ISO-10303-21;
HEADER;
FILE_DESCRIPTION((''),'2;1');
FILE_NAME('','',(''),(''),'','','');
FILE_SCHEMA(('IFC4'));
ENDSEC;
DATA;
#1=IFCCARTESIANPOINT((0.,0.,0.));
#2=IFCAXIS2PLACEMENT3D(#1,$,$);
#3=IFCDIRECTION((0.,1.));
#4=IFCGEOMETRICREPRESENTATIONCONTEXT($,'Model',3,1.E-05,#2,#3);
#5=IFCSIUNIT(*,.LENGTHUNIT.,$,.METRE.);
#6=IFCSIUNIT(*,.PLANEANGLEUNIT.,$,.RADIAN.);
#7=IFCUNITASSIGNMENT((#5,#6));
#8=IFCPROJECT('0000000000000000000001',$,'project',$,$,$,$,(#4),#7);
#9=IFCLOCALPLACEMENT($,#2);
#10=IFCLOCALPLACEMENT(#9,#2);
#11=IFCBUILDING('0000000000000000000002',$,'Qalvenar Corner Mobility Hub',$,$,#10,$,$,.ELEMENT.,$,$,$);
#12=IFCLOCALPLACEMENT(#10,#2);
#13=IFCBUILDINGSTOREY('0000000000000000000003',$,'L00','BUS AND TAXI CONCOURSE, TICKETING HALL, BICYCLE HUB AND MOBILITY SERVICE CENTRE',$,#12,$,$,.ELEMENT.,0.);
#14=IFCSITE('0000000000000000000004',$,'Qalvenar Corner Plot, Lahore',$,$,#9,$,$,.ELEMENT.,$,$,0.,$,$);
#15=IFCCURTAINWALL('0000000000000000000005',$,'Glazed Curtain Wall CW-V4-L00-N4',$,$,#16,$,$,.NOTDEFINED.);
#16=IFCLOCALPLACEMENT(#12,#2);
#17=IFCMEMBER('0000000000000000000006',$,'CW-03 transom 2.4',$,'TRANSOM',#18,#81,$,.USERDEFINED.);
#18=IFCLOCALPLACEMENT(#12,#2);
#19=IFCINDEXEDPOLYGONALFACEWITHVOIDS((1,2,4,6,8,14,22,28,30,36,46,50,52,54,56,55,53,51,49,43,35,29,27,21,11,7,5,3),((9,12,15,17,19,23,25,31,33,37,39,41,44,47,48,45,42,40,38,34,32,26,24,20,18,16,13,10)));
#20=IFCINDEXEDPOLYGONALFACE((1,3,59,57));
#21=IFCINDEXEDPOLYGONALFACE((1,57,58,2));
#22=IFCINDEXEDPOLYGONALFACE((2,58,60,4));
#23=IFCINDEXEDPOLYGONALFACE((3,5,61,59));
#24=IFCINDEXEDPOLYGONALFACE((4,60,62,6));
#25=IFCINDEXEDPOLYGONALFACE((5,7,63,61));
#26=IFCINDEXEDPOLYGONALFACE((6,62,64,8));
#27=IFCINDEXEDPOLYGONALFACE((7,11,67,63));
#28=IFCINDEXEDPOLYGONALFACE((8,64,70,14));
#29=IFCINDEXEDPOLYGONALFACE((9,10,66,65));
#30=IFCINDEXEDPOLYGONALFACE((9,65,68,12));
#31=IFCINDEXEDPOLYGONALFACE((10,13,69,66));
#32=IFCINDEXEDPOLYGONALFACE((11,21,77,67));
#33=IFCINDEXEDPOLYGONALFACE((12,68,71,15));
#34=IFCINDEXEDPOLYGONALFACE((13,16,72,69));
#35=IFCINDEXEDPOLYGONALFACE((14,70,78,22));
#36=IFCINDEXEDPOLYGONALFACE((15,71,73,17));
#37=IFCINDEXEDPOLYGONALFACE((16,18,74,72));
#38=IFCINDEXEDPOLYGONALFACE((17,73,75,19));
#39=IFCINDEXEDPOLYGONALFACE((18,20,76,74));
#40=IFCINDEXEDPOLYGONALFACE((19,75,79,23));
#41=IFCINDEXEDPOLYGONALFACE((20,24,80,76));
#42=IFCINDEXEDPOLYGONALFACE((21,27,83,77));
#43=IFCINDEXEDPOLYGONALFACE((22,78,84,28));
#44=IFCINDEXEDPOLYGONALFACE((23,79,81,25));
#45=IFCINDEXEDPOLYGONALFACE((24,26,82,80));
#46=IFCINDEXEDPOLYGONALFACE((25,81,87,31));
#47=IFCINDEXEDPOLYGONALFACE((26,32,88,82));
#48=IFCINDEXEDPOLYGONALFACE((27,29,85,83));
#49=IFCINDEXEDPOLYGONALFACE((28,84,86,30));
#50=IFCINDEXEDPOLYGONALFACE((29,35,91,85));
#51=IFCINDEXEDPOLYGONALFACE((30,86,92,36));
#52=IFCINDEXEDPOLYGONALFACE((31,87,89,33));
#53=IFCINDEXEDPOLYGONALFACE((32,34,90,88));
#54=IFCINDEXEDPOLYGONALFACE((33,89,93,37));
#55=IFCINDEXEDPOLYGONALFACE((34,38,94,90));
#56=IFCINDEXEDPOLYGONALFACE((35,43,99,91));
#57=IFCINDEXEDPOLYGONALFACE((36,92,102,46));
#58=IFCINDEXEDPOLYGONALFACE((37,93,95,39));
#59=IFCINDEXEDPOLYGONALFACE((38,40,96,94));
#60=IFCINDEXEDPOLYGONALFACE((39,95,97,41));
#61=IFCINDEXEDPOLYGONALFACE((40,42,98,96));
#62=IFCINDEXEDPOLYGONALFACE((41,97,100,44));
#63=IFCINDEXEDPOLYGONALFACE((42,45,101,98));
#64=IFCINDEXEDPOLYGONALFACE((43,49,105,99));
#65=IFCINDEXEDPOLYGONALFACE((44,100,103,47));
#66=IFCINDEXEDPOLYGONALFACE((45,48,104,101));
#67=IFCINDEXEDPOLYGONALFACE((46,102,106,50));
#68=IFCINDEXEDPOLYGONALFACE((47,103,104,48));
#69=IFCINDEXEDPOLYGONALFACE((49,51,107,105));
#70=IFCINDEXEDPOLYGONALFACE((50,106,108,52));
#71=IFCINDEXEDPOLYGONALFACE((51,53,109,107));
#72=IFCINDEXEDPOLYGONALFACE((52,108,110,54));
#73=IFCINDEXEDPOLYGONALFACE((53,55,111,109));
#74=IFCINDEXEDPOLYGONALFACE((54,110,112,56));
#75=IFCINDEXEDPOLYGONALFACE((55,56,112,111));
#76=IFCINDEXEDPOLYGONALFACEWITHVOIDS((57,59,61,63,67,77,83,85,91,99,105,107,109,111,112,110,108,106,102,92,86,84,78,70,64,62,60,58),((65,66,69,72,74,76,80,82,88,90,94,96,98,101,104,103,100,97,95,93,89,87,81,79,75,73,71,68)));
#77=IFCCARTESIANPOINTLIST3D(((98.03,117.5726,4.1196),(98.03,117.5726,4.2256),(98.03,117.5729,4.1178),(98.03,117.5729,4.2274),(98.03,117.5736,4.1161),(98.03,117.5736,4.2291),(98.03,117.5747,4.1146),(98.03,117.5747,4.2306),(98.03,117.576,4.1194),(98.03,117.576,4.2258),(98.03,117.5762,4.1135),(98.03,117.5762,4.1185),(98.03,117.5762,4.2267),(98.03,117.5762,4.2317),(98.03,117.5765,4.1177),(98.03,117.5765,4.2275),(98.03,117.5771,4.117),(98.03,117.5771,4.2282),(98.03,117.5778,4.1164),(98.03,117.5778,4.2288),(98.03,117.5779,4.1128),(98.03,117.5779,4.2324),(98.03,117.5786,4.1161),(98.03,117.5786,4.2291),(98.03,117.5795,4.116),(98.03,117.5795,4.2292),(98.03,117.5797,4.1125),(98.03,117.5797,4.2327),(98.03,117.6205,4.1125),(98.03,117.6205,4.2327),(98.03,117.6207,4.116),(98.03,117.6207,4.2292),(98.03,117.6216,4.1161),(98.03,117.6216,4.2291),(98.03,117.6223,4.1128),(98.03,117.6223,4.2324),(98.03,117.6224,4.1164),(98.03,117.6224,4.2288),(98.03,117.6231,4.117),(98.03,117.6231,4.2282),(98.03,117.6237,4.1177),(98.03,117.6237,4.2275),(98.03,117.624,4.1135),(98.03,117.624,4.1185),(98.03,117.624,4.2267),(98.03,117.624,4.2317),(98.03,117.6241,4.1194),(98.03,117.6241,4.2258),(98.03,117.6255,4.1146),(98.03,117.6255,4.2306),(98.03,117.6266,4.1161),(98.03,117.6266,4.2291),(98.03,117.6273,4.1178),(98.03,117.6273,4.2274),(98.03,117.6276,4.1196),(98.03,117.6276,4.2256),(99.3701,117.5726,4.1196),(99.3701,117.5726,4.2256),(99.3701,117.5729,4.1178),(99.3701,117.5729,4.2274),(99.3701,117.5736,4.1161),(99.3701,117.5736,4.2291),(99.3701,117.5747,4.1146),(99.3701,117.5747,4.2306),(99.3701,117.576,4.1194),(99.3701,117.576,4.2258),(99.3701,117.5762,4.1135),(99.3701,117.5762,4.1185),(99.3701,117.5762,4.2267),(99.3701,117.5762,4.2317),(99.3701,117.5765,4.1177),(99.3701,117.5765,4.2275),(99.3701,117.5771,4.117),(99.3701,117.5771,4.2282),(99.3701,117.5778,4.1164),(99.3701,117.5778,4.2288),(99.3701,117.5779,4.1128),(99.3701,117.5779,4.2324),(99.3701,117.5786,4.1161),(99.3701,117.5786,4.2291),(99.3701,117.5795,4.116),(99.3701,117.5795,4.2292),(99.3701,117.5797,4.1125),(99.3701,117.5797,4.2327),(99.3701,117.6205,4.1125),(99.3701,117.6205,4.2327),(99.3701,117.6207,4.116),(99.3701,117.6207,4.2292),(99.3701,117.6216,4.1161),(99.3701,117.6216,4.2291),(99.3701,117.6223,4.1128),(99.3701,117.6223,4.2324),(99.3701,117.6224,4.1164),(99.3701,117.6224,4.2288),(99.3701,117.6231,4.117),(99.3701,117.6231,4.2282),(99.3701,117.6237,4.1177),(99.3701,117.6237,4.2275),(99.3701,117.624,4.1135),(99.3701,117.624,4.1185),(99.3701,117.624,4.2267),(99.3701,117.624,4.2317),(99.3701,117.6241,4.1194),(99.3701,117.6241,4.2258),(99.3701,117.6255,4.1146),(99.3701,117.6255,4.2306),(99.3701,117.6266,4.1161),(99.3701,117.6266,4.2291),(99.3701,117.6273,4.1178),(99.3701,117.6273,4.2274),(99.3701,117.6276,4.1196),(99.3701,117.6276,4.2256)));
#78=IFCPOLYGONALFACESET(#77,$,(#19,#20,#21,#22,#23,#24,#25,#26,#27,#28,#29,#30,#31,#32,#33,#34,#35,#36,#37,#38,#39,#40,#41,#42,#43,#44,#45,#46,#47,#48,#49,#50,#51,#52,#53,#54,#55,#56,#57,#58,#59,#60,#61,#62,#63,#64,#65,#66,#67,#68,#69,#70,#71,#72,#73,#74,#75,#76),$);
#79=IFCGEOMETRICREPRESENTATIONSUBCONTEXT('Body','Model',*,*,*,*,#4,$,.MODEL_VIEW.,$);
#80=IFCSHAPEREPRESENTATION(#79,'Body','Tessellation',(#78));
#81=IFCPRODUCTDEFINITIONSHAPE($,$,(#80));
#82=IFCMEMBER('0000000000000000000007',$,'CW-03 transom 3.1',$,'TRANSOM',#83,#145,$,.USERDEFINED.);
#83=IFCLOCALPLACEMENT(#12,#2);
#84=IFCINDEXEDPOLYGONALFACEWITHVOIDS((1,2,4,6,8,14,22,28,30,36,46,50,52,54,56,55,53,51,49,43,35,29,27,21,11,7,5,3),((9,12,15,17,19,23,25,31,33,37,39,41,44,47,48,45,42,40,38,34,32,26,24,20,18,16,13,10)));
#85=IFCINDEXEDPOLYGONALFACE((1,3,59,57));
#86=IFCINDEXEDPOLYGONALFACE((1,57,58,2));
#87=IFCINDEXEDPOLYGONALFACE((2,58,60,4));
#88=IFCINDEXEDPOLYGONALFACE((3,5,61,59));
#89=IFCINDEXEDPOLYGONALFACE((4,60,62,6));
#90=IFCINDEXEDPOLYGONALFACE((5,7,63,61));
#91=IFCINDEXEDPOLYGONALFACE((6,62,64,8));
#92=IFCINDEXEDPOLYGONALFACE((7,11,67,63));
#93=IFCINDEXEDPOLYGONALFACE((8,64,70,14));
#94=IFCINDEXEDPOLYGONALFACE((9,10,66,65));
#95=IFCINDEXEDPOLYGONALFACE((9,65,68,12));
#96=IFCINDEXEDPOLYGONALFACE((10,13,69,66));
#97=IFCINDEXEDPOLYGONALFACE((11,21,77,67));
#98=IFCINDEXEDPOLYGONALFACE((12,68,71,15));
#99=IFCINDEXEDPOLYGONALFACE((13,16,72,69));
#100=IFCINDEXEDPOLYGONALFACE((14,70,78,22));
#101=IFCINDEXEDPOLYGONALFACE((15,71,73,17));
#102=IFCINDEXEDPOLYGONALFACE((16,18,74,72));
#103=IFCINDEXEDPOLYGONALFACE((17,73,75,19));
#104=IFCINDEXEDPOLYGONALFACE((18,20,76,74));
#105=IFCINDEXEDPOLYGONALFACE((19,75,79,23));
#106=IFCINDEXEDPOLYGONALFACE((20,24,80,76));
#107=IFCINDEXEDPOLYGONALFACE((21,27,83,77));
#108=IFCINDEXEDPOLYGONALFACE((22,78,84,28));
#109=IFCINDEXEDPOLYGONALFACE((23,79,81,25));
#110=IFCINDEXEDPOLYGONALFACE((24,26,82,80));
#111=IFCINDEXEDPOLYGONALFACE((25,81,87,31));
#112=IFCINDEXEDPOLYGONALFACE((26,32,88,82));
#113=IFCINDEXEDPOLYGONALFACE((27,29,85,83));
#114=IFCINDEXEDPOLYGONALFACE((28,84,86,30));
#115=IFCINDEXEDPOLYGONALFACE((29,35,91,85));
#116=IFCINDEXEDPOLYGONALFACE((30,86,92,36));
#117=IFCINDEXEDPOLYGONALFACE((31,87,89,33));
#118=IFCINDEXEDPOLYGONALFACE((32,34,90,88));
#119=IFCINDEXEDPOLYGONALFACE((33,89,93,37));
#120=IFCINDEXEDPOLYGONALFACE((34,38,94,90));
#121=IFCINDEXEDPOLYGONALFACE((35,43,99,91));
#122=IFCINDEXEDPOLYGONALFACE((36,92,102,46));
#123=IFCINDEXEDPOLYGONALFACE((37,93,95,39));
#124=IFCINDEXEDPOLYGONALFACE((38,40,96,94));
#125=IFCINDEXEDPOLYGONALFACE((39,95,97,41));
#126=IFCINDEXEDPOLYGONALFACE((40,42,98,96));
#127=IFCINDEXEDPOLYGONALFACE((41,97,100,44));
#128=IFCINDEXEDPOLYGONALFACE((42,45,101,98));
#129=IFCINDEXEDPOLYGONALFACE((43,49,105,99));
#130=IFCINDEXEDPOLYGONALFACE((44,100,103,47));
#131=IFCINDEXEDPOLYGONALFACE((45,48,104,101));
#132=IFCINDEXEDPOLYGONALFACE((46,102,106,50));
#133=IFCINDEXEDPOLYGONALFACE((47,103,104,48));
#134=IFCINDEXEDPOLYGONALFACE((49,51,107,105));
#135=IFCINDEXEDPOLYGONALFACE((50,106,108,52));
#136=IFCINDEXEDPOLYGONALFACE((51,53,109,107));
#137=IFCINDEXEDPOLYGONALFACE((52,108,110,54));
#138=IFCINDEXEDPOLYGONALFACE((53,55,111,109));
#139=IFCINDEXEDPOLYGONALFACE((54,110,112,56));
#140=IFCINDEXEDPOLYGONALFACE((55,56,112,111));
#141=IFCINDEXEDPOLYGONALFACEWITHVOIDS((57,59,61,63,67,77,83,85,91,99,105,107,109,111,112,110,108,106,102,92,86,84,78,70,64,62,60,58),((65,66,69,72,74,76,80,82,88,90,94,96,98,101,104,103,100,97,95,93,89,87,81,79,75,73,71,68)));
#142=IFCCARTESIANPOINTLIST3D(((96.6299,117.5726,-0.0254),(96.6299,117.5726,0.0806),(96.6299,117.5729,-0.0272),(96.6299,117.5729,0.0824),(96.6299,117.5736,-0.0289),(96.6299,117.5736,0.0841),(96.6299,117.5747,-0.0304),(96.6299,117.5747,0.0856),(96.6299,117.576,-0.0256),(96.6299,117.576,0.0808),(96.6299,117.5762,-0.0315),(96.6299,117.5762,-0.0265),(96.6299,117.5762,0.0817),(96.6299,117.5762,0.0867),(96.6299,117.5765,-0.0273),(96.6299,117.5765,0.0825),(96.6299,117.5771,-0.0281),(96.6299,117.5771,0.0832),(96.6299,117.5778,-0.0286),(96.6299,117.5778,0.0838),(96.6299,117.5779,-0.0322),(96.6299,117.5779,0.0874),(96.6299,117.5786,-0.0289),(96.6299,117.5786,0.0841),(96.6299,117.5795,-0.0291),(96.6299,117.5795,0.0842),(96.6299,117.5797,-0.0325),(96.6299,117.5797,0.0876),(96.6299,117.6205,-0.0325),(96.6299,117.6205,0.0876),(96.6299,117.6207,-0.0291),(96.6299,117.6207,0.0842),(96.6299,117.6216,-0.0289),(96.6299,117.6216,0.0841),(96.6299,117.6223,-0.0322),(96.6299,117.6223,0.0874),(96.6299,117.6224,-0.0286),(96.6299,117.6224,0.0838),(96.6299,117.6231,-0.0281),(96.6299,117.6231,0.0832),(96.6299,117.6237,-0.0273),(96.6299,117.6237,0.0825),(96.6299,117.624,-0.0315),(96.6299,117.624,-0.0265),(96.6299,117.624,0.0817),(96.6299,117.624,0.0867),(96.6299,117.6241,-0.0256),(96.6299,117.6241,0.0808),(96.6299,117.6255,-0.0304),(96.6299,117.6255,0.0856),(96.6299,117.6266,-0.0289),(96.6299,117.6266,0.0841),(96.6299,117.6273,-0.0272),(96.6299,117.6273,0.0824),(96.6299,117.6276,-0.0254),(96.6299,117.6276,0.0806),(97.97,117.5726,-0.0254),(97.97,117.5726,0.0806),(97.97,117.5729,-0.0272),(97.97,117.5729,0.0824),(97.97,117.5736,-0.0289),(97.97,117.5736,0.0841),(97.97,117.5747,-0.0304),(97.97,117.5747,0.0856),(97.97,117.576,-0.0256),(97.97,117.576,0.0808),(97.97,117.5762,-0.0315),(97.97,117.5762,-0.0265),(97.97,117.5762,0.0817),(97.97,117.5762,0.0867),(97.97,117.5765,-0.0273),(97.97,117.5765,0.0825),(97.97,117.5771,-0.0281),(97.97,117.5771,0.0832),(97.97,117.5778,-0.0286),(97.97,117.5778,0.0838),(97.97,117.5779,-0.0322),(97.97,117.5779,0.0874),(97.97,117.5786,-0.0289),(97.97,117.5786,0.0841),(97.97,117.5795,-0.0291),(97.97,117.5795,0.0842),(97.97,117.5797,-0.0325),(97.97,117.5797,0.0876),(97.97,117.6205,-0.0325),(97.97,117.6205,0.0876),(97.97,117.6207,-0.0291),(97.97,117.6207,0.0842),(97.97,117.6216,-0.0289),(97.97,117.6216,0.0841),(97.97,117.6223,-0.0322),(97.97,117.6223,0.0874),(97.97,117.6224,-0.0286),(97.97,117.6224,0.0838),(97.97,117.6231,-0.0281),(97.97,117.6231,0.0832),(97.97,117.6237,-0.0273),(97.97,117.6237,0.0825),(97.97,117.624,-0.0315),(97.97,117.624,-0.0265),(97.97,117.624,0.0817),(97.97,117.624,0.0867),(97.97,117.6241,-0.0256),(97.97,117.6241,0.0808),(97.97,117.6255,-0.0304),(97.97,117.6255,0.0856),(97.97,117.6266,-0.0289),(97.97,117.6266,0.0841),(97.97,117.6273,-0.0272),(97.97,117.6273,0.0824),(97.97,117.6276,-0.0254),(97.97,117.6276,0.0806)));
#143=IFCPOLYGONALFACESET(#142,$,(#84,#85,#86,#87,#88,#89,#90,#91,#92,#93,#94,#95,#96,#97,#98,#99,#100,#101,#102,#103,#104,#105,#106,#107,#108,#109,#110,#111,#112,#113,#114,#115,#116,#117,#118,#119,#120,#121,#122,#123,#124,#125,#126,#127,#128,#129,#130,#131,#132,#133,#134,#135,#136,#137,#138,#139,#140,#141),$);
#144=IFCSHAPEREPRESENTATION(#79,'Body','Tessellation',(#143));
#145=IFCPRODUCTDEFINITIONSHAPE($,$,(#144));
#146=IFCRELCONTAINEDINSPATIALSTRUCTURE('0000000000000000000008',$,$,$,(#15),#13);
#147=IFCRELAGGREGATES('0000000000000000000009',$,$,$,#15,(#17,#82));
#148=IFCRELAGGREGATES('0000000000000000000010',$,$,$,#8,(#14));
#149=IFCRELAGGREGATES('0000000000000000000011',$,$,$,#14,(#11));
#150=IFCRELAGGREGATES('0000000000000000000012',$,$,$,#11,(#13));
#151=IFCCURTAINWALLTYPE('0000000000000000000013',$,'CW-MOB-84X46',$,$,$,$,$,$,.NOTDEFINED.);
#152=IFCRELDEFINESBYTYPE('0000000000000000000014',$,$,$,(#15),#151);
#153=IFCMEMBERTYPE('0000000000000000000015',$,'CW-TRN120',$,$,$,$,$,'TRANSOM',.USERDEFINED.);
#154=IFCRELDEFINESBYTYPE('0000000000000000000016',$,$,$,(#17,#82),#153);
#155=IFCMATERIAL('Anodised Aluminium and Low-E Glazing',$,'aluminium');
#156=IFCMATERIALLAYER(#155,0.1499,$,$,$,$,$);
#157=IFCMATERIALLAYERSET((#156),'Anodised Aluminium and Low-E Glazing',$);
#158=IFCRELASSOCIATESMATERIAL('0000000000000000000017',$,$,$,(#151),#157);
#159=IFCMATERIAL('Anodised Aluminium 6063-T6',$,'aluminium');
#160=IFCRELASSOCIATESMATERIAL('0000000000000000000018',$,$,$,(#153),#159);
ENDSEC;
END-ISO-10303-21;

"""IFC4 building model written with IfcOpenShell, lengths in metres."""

from ifc_helpers import new_model, si_unit, direction, frame, origin, origin_2d, place, context, subcontext, project, spatial, hollow_rectangle, extrude, material, layer, layer_set, material_profile, profile_set, type_object, element, aggregate, save


model = new_model("IFC4")

# Units and contexts
model_context = context("Model", 3, precision=1e-05, world=origin(), true_north=direction((0.0, 1.0)))
body_context = subcontext(model_context, "Body", "Model", "MODEL_VIEW")
ifc_project = project(units=[si_unit("LENGTHUNIT", "METRE"), si_unit("PLANEANGLEUNIT", "RADIAN")], contexts=[model_context])

# Site, building, storey
site_placement = place(None, origin())
site = spatial("IfcSite", under=ifc_project, at=site_placement, Name="Qalvenar Corner Plot, Lahore", CompositionType="ELEMENT", RefElevation=0.0)
building_placement = place(site_placement, origin())
building = spatial("IfcBuilding", under=site, at=building_placement, Name="Qalvenar Corner Mobility Hub", CompositionType="ELEMENT")
storey_placement = place(building_placement, origin())
storey = spatial("IfcBuildingStorey", under=building, at=storey_placement, Name="L00", Description="BUS AND TAXI CONCOURSE, TICKETING HALL, BICYCLE HUB AND MOBILITY SERVICE CENTRE", CompositionType="ELEMENT", Elevation=0.0)

# Curtain wall, members
ifc_material_1 = material(Name="Anodised Aluminium and Low-E Glazing", Category="aluminium")
ifc_layer_1 = layer(ifc_material_1, 0.1499)
ifc_layer_set_1 = layer_set([ifc_layer_1], Name="Anodised Aluminium and Low-E Glazing")
curtain_wall_type = type_object("IfcCurtainWallType", Name="CW-MOB-84X46", PredefinedType="NOTDEFINED", material=ifc_layer_set_1)
curtain_wall_placement = place(storey_placement, origin())
curtain_wall = element("IfcCurtainWall", 1, at=curtain_wall_placement, inside=storey, type_object=curtain_wall_type, Name="Glazed Curtain Wall CW-V4-L00-N4", PredefinedType="NOTDEFINED")
ifc_material_2 = material(Name="Anodised Aluminium 6063-T6", Category="aluminium")
ifc_material_profile_1 = material_profile(ifc_material_2, hollow_rectangle(XDim=0.0549, YDim=0.1201, WallThickness=0.0034, InnerFilletRadius=0.0034, OuterFilletRadius=0.0071, at=origin_2d()), Name="RHS120x55x3.5")
ifc_profile_set_1 = profile_set([ifc_material_profile_1], Name="Anodised Aluminium 6063-T6")
member_type_1 = type_object("IfcMemberType", Name="CW-TRN120", ElementType="TRANSOM", PredefinedType="USERDEFINED", material=ifc_profile_set_1)
member_1_placement = place(storey_placement, frame((99.3701, 117.6001, 4.1726), z_axis=(-1.0, 0.0, 0.0), x_axis=(0.0, -1.0, 0.0)))
member_1 = element("IfcMember", 2, at=member_1_placement, type_object=member_type_1, Name="CW-03 transom 2.4", ObjectType="TRANSOM", PredefinedType="USERDEFINED", context=body_context, shape_type="SweptSolid", body=[
    extrude(hollow_rectangle(XDim=0.0549, YDim=0.1201, WallThickness=0.0034, InnerFilletRadius=0.0034, OuterFilletRadius=0.0071, at=origin_2d()), origin(), (0.0, 0.0, 1.0), 1.3401),
])
member_2_placement = place(storey_placement, frame((97.97, 117.6001, 0.0276), z_axis=(-1.0, 0.0, 0.0), x_axis=(0.0, -1.0, 0.0)))
member_2 = element("IfcMember", 3, at=member_2_placement, type_object=member_type_1, Name="CW-03 transom 3.1", ObjectType="TRANSOM", PredefinedType="USERDEFINED", context=body_context, shape_type="SweptSolid", body=[
    extrude(hollow_rectangle(XDim=0.0549, YDim=0.1201, WallThickness=0.0034, InnerFilletRadius=0.0034, OuterFilletRadius=0.0071, at=origin_2d()), origin(), (0.0, 0.0, 1.0), 1.3401),
])
aggregate(curtain_wall, [member_1, member_2])

save(model, "model.ifc")
